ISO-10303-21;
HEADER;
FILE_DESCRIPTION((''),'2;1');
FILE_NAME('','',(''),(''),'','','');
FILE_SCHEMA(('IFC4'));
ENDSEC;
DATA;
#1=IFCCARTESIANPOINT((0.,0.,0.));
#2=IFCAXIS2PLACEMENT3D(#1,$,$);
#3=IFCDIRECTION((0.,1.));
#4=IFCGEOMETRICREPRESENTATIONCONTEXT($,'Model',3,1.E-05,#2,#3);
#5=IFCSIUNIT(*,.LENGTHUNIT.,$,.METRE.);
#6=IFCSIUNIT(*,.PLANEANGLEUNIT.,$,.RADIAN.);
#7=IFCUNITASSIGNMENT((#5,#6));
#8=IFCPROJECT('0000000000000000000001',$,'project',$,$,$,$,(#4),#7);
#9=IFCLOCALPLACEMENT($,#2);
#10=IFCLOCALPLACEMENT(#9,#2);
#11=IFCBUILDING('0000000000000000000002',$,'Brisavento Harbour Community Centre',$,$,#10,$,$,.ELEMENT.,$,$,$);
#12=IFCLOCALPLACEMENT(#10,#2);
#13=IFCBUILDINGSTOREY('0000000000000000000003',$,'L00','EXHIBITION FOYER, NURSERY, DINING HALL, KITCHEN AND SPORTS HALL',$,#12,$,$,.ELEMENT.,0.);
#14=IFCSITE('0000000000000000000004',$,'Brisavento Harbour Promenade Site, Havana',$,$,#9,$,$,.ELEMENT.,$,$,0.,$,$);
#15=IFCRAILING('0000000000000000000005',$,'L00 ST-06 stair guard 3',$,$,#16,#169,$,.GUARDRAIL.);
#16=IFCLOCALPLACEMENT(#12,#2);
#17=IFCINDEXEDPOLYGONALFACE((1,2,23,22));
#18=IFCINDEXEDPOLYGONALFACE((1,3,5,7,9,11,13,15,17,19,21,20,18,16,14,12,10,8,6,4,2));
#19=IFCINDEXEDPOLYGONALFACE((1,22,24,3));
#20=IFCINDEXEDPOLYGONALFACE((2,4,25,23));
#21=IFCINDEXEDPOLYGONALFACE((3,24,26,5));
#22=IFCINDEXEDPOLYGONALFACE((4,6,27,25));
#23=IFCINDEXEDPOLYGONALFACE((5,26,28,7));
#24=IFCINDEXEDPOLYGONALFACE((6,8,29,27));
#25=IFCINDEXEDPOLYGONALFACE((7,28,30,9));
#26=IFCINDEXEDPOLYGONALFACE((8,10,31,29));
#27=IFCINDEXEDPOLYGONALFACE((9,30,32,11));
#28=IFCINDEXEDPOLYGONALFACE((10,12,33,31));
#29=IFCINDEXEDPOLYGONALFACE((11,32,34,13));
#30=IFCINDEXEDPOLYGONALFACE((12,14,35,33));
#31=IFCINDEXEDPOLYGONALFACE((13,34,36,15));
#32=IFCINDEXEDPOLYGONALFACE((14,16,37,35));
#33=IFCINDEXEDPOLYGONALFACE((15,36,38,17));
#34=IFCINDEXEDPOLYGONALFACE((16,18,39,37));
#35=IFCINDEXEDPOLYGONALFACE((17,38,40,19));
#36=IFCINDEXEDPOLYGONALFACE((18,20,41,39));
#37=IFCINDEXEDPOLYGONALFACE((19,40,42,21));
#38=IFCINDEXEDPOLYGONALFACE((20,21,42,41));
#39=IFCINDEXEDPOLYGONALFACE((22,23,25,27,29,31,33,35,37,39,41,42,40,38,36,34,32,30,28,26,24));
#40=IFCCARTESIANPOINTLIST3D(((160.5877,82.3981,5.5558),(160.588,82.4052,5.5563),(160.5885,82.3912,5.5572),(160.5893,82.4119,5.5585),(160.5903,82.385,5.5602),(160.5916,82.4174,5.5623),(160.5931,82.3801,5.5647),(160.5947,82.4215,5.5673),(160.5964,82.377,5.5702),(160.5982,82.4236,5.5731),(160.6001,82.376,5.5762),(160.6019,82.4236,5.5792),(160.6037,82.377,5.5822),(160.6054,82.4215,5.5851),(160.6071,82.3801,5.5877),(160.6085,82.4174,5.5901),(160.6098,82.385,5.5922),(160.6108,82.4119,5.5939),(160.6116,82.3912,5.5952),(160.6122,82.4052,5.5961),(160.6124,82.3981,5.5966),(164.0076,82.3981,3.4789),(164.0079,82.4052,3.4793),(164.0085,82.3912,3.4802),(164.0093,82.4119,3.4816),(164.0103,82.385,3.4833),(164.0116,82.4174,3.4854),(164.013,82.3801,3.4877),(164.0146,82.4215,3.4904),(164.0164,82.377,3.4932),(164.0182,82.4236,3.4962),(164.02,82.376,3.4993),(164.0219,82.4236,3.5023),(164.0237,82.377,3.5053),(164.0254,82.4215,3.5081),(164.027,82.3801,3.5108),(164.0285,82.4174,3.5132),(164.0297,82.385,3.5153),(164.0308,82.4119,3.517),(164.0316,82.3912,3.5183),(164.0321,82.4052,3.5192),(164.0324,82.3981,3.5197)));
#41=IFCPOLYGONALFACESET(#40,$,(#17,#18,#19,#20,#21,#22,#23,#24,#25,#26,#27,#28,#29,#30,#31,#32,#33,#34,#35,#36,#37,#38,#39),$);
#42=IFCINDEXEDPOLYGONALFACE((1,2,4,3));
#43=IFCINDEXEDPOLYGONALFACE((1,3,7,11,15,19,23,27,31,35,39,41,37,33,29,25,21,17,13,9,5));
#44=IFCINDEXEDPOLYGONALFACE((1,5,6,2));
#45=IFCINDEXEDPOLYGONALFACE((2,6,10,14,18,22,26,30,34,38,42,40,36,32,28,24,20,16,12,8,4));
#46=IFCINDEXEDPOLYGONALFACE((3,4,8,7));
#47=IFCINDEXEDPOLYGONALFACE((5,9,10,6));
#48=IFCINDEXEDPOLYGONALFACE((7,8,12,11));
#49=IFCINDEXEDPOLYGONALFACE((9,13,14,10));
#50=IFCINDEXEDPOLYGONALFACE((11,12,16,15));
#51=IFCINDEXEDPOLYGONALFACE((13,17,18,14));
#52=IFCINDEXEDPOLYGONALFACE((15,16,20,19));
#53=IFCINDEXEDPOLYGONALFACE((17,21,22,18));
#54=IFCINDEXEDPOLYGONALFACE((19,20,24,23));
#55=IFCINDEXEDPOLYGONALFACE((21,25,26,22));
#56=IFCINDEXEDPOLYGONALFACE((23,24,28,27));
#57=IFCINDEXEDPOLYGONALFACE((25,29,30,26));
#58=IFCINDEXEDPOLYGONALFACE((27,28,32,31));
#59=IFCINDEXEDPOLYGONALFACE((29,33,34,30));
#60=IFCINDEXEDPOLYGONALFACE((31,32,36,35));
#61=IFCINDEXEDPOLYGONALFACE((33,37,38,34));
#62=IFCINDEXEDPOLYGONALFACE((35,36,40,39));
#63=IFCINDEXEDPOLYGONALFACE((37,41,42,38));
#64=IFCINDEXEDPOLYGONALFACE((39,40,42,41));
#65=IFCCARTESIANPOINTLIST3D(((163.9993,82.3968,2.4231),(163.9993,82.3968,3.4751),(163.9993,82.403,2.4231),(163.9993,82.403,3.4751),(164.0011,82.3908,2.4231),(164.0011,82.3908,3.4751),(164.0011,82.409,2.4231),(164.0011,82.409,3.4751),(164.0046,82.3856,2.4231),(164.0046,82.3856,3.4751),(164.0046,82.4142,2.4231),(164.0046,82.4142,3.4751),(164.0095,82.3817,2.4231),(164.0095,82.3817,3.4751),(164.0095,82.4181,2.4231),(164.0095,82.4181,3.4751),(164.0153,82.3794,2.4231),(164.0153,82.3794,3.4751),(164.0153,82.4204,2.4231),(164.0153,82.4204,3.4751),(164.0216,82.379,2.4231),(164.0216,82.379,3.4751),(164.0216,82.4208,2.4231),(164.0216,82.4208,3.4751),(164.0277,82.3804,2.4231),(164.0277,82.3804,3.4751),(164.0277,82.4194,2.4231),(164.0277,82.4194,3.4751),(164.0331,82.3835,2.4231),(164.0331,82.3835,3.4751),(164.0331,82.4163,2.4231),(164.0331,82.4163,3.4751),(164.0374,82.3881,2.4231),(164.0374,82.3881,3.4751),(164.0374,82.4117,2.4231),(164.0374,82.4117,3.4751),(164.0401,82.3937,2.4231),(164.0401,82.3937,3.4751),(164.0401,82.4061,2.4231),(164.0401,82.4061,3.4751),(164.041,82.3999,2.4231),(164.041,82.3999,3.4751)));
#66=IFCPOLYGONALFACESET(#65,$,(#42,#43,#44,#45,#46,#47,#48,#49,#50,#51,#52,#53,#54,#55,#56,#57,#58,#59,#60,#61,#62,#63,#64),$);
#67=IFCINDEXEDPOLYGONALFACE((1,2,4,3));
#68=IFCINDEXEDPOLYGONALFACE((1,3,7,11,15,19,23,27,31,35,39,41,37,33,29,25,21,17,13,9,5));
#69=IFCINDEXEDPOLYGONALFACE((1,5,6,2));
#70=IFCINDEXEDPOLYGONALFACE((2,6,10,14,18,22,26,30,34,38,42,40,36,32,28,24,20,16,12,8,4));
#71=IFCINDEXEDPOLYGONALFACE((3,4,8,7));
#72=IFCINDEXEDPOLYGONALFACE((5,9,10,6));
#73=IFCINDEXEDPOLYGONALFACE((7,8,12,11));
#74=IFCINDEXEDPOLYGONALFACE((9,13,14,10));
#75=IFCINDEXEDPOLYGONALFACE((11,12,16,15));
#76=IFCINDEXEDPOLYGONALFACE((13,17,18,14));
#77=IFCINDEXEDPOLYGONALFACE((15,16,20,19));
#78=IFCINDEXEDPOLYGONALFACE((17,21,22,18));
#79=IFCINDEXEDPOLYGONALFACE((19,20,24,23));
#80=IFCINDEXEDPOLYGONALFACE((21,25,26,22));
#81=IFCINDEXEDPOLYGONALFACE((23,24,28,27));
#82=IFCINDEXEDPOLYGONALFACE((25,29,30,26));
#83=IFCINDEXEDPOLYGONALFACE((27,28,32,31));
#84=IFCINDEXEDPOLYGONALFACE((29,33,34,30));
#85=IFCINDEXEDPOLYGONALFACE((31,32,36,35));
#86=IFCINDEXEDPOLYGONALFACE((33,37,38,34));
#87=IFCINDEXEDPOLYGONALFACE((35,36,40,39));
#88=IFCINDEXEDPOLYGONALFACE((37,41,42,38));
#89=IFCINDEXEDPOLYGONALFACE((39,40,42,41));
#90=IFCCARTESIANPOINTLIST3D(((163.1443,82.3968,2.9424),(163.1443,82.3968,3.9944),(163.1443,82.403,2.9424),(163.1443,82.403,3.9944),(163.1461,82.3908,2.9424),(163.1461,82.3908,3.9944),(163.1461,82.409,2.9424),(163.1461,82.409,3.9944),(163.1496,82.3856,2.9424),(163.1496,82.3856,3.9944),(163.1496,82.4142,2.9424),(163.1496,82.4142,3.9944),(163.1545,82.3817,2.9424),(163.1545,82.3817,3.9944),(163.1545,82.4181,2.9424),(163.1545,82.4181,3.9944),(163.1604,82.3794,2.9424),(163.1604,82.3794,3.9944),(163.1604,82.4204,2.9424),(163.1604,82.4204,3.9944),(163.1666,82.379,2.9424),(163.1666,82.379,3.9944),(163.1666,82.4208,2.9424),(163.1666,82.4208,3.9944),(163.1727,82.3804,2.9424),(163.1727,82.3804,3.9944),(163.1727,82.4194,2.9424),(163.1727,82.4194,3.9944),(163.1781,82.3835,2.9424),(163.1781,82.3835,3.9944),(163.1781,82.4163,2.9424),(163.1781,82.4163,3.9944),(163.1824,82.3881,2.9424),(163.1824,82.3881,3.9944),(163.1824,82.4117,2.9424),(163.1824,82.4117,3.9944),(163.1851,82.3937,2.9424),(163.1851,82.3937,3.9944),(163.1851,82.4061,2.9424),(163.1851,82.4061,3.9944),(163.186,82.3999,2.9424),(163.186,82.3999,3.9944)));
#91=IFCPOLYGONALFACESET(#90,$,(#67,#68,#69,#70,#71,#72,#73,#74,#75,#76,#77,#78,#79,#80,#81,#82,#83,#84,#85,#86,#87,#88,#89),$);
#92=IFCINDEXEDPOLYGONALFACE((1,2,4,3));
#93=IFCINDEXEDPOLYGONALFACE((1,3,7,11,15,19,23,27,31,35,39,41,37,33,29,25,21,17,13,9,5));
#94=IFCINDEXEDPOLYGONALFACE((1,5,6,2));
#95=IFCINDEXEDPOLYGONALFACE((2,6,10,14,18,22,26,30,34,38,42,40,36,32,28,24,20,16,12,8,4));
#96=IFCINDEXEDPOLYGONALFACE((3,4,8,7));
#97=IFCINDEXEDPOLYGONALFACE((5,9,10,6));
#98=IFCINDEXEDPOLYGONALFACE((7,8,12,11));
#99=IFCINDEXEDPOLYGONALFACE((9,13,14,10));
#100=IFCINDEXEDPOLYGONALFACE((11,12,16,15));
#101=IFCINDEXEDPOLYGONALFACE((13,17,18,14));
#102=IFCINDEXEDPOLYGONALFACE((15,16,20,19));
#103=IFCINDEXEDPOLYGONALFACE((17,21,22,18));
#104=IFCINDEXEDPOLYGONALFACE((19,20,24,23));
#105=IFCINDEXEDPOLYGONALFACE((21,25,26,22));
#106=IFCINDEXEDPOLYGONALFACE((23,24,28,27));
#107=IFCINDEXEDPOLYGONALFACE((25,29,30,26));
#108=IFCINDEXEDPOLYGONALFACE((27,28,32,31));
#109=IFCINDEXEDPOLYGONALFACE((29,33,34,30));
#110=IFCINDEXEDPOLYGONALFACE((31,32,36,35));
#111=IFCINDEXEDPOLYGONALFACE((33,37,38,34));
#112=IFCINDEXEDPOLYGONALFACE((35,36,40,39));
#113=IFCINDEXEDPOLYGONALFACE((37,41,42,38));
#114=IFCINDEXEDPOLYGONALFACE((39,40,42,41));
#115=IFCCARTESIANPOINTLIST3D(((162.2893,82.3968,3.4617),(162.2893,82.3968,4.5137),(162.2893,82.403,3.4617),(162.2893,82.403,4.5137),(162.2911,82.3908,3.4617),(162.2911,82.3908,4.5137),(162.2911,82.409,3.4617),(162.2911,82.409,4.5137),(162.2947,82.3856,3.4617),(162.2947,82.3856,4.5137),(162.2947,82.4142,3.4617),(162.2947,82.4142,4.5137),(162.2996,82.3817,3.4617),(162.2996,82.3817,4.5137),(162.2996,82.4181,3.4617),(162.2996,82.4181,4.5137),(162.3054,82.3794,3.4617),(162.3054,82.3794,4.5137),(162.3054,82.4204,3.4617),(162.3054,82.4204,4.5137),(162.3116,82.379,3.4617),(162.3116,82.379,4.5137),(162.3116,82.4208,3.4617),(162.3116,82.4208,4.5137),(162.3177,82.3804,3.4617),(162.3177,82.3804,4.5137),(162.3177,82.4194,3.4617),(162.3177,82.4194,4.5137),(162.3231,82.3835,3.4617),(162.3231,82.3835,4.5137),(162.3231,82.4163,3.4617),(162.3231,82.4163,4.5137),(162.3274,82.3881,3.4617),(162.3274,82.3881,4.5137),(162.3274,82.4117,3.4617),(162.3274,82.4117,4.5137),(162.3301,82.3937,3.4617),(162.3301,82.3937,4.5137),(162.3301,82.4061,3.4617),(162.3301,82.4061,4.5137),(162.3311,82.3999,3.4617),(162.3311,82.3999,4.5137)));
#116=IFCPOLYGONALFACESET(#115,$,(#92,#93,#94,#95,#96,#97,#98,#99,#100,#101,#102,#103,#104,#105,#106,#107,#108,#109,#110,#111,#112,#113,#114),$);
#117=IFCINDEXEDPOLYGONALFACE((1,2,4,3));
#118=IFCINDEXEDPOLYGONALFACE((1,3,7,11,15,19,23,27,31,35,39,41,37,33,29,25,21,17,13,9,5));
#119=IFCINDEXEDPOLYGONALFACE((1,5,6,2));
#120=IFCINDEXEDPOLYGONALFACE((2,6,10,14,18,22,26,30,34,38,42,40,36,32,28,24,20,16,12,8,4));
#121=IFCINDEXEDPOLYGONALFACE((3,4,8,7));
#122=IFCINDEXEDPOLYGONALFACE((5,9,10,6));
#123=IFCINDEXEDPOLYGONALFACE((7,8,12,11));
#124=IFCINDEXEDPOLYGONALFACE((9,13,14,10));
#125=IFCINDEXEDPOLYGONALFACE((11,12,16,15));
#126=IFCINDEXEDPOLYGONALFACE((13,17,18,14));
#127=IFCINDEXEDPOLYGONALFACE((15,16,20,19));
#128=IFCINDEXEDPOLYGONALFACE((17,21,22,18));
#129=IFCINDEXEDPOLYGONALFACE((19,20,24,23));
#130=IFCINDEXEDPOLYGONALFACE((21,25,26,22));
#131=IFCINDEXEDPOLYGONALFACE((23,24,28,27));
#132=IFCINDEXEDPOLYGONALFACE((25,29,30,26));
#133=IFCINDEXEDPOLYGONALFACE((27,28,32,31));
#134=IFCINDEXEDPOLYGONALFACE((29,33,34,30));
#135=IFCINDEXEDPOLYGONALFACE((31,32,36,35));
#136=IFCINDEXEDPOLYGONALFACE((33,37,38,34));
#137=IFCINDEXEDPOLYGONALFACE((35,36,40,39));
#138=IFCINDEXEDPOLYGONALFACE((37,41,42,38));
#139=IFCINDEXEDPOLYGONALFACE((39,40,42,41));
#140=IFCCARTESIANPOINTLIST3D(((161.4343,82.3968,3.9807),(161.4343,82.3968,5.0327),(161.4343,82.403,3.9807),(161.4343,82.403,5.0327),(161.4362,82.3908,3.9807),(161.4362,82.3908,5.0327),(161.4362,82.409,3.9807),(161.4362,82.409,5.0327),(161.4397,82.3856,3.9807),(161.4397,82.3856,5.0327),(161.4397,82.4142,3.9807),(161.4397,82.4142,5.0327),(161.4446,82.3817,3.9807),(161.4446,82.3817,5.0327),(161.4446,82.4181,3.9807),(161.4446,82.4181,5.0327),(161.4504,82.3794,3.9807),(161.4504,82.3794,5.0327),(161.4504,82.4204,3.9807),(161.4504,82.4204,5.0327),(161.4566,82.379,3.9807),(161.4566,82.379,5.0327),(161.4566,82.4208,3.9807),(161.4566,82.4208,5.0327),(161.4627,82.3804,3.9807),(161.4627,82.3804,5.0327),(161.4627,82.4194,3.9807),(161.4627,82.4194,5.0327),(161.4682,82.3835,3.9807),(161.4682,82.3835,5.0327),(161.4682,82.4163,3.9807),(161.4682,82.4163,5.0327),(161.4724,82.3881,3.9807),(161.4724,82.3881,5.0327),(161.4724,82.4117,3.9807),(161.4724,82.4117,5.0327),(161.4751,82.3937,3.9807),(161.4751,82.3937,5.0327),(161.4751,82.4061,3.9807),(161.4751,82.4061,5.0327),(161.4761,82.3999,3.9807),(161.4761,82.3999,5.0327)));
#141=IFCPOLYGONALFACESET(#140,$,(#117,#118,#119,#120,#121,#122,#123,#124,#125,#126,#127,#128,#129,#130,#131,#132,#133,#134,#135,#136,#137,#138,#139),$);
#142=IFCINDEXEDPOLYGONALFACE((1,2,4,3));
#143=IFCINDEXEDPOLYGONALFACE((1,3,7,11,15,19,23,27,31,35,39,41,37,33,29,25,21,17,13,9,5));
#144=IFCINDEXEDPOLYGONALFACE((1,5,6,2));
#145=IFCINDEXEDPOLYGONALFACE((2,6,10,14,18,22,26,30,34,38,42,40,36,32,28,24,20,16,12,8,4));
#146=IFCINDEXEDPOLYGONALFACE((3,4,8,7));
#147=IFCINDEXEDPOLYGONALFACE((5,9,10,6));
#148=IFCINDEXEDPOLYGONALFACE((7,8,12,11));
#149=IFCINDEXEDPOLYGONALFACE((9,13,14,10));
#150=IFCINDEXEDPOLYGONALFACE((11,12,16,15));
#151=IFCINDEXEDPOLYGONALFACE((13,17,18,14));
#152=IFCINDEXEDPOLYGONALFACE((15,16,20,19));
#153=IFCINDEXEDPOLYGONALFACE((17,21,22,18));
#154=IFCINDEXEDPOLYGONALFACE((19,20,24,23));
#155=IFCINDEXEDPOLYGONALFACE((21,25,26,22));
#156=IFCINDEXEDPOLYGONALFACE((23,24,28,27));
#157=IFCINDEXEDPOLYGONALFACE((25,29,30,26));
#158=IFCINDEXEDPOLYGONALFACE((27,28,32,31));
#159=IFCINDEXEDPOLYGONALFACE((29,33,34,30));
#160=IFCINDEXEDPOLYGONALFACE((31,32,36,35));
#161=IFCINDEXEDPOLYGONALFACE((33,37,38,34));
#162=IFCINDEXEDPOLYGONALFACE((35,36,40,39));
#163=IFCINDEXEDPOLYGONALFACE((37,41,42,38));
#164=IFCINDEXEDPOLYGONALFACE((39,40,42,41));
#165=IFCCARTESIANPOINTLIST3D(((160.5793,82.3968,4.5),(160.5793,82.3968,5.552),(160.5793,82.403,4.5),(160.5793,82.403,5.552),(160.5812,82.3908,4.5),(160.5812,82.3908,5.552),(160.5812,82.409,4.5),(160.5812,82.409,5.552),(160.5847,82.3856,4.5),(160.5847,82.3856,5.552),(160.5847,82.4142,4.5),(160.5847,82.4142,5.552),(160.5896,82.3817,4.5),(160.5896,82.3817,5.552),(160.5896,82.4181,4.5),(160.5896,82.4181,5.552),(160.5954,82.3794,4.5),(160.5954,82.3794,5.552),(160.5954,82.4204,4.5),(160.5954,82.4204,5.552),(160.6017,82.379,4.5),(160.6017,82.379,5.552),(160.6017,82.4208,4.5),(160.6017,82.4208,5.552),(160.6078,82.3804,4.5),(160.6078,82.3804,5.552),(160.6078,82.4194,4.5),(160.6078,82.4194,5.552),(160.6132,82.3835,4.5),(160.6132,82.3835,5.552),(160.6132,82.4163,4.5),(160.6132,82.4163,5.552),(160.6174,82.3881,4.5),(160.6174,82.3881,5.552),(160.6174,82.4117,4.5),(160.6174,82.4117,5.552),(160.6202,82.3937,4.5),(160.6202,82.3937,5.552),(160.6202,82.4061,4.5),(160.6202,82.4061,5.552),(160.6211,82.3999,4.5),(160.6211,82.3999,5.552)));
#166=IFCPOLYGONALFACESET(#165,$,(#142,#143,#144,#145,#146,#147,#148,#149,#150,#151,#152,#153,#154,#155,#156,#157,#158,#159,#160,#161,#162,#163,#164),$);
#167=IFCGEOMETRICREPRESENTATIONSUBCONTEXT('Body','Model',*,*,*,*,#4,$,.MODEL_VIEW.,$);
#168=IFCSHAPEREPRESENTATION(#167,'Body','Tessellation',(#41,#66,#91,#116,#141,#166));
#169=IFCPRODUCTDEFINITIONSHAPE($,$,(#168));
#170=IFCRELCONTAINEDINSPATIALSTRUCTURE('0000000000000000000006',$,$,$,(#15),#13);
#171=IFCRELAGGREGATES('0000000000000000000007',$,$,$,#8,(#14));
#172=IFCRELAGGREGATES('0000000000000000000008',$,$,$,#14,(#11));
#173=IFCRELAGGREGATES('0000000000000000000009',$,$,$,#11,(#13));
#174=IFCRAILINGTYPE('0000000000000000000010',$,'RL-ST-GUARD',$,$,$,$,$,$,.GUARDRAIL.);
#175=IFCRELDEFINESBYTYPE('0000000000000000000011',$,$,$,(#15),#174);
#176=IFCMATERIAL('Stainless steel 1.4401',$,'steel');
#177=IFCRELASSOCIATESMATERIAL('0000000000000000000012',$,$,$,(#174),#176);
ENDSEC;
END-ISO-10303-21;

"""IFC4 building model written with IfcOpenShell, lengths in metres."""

from ifc_helpers import new_model, si_unit, direction, frame, origin, origin_2d, place, context, subcontext, project, spatial, circle, extrude, material, type_object, element, save


model = new_model("IFC4")

# Units and contexts
model_context = context("Model", 3, precision=1e-05, world=origin(), true_north=direction((0.0, 1.0)))
body_context = subcontext(model_context, "Body", "Model", "MODEL_VIEW")
ifc_project = project(units=[si_unit("LENGTHUNIT", "METRE"), si_unit("PLANEANGLEUNIT", "RADIAN")], contexts=[model_context])

# Site, building, storey
site_placement = place(None, origin())
site = spatial("IfcSite", under=ifc_project, at=site_placement, Name="Brisavento Harbour Promenade Site, Havana", CompositionType="ELEMENT", RefElevation=0.0)
building_placement = place(site_placement, origin())
building = spatial("IfcBuilding", under=site, at=building_placement, Name="Brisavento Harbour Community Centre", CompositionType="ELEMENT")
storey_placement = place(building_placement, origin())
storey = spatial("IfcBuildingStorey", under=building, at=storey_placement, Name="L00", Description="EXHIBITION FOYER, NURSERY, DINING HALL, KITCHEN AND SPORTS HALL", CompositionType="ELEMENT", Elevation=0.0)

# Railing
ifc_material_1 = material(Name="Stainless steel 1.4401", Category="steel")
railing_type_1 = type_object("IfcRailingType", Name="RL-ST-GUARD", PredefinedType="GUARDRAIL", material=ifc_material_1)
railing_1_placement = place(storey_placement, frame((164.02, 82.3999, 2.4231)))
element("IfcRailing", 1, at=railing_1_placement, inside=storey, type_object=railing_type_1, Name="L00 ST-06 stair guard 3", PredefinedType="GUARDRAIL", context=body_context, shape_type="SweptSolid", body=[
    extrude(circle(Radius=0.0239, at=origin_2d()), frame((0.0, 0.0, 1.0762), z_axis=(-0.85473, 0.0, 0.519074), x_axis=(0.0, -1.0, 0.0)), (0.0, 0.0, 1.0), 4.0012),
    extrude(circle(Radius=0.021, at=origin_2d()), origin(), (0.0, 0.0, 1.0), 1.052),
    extrude(circle(Radius=0.021, at=origin_2d()), frame((-0.855, 0.0, 0.5193)), (0.0, 0.0, 1.0), 1.052),
    extrude(circle(Radius=0.021, at=origin_2d()), frame((-1.71, 0.0, 1.0386)), (0.0, 0.0, 1.0), 1.052),
    extrude(circle(Radius=0.021, at=origin_2d()), frame((-2.5649, 0.0, 1.5576)), (0.0, 0.0, 1.0), 1.052),
    extrude(circle(Radius=0.021, at=origin_2d()), frame((-3.4199, 0.0, 2.0769)), (0.0, 0.0, 1.0), 1.052),
])

save(model, "model.ifc")
